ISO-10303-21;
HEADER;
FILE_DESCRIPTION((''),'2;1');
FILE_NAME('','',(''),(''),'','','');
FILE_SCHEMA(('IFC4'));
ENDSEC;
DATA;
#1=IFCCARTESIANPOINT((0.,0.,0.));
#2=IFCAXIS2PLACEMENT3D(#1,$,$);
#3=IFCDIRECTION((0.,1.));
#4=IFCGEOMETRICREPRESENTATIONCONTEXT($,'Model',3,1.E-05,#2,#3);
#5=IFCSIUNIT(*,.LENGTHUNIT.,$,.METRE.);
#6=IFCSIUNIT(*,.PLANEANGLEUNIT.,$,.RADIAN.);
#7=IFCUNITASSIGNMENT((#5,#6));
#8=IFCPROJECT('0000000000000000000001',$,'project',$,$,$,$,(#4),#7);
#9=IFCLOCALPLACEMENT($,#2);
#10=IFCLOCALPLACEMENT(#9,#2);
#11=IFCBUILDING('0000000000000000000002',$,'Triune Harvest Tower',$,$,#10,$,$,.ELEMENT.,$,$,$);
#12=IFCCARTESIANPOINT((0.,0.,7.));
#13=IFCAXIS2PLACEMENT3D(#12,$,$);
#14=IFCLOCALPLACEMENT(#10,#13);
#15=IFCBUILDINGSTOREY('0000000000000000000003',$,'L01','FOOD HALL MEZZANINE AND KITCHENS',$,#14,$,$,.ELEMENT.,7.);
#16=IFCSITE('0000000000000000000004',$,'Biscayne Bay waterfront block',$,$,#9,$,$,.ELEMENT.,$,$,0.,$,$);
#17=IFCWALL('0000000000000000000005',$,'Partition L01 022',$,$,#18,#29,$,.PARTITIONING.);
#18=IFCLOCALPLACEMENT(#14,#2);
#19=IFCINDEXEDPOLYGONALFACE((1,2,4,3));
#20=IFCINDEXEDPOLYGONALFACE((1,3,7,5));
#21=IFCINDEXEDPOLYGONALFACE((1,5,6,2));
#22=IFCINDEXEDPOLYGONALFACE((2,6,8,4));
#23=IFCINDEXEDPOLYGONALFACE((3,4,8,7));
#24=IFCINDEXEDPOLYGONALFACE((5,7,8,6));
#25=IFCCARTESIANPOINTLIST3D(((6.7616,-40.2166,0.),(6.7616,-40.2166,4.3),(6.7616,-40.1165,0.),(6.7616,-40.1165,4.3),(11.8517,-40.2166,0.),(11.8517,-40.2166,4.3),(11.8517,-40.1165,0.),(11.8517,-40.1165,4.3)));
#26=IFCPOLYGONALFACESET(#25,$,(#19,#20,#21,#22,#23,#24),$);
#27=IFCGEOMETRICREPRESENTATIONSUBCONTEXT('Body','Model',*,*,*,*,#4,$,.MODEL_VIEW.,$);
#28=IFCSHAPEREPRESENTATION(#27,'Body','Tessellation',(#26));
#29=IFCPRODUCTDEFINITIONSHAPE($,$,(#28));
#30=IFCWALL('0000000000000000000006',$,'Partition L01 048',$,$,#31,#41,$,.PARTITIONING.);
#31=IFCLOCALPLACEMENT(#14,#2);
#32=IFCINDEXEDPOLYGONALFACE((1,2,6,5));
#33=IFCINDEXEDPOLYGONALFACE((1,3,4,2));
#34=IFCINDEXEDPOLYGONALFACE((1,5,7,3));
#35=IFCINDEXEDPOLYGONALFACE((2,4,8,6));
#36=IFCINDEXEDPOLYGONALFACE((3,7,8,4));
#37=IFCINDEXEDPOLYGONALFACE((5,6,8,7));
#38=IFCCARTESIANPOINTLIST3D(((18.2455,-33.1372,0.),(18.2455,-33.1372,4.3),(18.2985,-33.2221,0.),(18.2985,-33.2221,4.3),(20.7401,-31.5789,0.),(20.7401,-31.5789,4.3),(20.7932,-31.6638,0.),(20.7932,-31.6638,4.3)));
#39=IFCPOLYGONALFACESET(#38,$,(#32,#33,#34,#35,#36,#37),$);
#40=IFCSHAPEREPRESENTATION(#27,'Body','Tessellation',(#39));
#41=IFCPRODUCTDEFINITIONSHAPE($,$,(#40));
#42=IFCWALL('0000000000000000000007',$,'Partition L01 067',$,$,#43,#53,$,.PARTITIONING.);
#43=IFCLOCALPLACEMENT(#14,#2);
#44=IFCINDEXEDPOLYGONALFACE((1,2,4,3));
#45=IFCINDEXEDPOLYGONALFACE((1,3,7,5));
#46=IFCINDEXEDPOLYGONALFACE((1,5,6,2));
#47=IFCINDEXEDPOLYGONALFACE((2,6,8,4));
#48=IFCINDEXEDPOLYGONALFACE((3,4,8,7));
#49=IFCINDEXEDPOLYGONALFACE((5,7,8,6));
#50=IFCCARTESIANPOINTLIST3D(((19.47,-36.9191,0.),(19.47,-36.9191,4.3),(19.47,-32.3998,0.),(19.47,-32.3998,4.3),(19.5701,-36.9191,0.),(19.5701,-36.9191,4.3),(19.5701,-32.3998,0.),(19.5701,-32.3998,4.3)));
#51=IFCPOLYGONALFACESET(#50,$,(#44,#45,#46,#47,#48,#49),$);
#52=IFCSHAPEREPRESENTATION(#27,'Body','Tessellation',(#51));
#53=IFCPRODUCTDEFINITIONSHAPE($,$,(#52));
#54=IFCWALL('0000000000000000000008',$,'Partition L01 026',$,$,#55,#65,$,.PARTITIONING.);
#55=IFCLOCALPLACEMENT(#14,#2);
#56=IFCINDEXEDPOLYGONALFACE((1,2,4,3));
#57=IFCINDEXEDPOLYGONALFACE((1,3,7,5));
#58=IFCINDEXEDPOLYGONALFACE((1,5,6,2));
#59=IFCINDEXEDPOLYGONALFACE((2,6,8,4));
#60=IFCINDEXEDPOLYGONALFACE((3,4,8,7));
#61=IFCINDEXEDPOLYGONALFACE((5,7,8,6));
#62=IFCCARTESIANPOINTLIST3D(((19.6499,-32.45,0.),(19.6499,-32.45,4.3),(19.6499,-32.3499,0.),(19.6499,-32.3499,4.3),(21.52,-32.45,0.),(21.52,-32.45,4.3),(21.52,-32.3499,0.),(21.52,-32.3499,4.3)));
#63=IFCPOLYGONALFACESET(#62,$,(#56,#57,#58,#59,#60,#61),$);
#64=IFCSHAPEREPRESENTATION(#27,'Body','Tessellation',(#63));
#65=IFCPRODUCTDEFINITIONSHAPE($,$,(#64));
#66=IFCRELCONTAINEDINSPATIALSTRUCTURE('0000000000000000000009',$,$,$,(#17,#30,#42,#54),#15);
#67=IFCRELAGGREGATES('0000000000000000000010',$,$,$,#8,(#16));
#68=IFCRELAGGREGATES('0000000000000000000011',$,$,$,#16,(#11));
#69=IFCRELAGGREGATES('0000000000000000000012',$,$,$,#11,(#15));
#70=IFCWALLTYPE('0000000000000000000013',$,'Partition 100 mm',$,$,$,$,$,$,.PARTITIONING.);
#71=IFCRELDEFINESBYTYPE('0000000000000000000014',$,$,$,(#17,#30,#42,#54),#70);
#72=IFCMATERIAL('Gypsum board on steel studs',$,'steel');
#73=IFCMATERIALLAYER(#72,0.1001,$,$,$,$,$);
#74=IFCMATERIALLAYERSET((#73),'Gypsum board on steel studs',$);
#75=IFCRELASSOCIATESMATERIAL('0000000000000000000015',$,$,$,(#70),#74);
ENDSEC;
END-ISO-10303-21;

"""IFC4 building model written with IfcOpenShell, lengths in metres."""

from ifc_helpers import new_model, si_unit, direction, frame, frame_2d, origin, place, context, subcontext, project, spatial, rectangle, extrude, source, transform, mapped, material, layer, layer_set, type_object, element, save


model = new_model("IFC4")

# Units and contexts
model_context = context("Model", 3, precision=1e-05, world=origin(), true_north=direction((0.0, 1.0)))
body_context = subcontext(model_context, "Body", "Model", "MODEL_VIEW")
ifc_project = project(units=[si_unit("LENGTHUNIT", "METRE"), si_unit("PLANEANGLEUNIT", "RADIAN")], contexts=[model_context])

# Site, building, storey
site_placement = place(None, origin())
site = spatial("IfcSite", under=ifc_project, at=site_placement, Name="Biscayne Bay waterfront block", CompositionType="ELEMENT", RefElevation=0.0)
building_placement = place(site_placement, origin())
building = spatial("IfcBuilding", under=site, at=building_placement, Name="Triune Harvest Tower", CompositionType="ELEMENT")
storey_placement = place(building_placement, frame((0.0, 0.0, 7.0)))
storey = spatial("IfcBuildingStorey", under=building, at=storey_placement, Name="L01", Description="FOOD HALL MEZZANINE AND KITCHENS", CompositionType="ELEMENT", Elevation=7.0)

# Walls
ifc_material_1 = material(Name="Gypsum board on steel studs", Category="steel")
ifc_layer_1 = layer(ifc_material_1, 0.1001)
ifc_layer_set_1 = layer_set([ifc_layer_1], Name="Gypsum board on steel studs")
wall_type_1 = type_object("IfcWallType", Name="Partition 100 mm", PredefinedType="PARTITIONING", material=ifc_layer_set_1)
wall_1_placement = place(storey_placement, frame((6.7617, -40.1665, 0.0), z_axis=(0.0, 0.0, 1.0), x_axis=(1.0, 0.0, 0.0)))
element("IfcWall", 1, at=wall_1_placement, inside=storey, type_object=wall_type_1, Name="Partition L01 022", PredefinedType="PARTITIONING", context=body_context, shape_type="SweptSolid", body=[
    extrude(rectangle(XDim=5.0901, YDim=0.1001, at=frame_2d((2.5449, 0.0))), origin(), (0.0, 0.0, 1.0), 4.3),
])
wall_2_placement = place(storey_placement, frame((18.272, -33.1797, 0.0), z_axis=(0.0, 0.0, 1.0), x_axis=(0.84812, 0.529805, 0.0)))
element("IfcWall", 2, at=wall_2_placement, inside=storey, type_object=wall_type_1, Name="Partition L01 048", PredefinedType="PARTITIONING", context=body_context, shape_type="SweptSolid", body=[
    extrude(rectangle(XDim=2.9414, YDim=0.1001, at=frame_2d((1.4707, 0.0))), origin(), (0.0, 0.0, 1.0), 4.3),
])
wall_3_placement = place(storey_placement, frame((19.52, -36.9192, 0.0), z_axis=(0.0, 0.0, 1.0), x_axis=(0.0, 1.0, 0.0)))
element("IfcWall", 3, at=wall_3_placement, inside=storey, type_object=wall_type_1, Name="Partition L01 067", PredefinedType="PARTITIONING", context=body_context, shape_type="SweptSolid", body=[
    extrude(rectangle(XDim=4.5193, YDim=0.1001, at=frame_2d((2.2598, 0.0))), origin(), (0.0, 0.0, 1.0), 4.3),
])
shared_shape_1 = source(origin(), body_context, "Body", "SweptSolid", [
    extrude(rectangle(XDim=1.8701, YDim=0.1001, at=frame_2d((0.9351, 0.0))), origin(), (0.0, 0.0, 1.0), 4.3),
])
wall_4_placement = place(storey_placement, frame((19.6499, -32.3999, 0.0), z_axis=(0.0, 0.0, 1.0), x_axis=(1.0, 0.0, 0.0)))
element("IfcWall", 4, at=wall_4_placement, inside=storey, type_object=wall_type_1, Name="Partition L01 026", PredefinedType="PARTITIONING", context=body_context, shape_type="MappedRepresentation", body=[
    mapped(shared_shape_1, transform((0.0, 0.0, 0.0), scale=1.0)),
])

save(model, "model.ifc")
